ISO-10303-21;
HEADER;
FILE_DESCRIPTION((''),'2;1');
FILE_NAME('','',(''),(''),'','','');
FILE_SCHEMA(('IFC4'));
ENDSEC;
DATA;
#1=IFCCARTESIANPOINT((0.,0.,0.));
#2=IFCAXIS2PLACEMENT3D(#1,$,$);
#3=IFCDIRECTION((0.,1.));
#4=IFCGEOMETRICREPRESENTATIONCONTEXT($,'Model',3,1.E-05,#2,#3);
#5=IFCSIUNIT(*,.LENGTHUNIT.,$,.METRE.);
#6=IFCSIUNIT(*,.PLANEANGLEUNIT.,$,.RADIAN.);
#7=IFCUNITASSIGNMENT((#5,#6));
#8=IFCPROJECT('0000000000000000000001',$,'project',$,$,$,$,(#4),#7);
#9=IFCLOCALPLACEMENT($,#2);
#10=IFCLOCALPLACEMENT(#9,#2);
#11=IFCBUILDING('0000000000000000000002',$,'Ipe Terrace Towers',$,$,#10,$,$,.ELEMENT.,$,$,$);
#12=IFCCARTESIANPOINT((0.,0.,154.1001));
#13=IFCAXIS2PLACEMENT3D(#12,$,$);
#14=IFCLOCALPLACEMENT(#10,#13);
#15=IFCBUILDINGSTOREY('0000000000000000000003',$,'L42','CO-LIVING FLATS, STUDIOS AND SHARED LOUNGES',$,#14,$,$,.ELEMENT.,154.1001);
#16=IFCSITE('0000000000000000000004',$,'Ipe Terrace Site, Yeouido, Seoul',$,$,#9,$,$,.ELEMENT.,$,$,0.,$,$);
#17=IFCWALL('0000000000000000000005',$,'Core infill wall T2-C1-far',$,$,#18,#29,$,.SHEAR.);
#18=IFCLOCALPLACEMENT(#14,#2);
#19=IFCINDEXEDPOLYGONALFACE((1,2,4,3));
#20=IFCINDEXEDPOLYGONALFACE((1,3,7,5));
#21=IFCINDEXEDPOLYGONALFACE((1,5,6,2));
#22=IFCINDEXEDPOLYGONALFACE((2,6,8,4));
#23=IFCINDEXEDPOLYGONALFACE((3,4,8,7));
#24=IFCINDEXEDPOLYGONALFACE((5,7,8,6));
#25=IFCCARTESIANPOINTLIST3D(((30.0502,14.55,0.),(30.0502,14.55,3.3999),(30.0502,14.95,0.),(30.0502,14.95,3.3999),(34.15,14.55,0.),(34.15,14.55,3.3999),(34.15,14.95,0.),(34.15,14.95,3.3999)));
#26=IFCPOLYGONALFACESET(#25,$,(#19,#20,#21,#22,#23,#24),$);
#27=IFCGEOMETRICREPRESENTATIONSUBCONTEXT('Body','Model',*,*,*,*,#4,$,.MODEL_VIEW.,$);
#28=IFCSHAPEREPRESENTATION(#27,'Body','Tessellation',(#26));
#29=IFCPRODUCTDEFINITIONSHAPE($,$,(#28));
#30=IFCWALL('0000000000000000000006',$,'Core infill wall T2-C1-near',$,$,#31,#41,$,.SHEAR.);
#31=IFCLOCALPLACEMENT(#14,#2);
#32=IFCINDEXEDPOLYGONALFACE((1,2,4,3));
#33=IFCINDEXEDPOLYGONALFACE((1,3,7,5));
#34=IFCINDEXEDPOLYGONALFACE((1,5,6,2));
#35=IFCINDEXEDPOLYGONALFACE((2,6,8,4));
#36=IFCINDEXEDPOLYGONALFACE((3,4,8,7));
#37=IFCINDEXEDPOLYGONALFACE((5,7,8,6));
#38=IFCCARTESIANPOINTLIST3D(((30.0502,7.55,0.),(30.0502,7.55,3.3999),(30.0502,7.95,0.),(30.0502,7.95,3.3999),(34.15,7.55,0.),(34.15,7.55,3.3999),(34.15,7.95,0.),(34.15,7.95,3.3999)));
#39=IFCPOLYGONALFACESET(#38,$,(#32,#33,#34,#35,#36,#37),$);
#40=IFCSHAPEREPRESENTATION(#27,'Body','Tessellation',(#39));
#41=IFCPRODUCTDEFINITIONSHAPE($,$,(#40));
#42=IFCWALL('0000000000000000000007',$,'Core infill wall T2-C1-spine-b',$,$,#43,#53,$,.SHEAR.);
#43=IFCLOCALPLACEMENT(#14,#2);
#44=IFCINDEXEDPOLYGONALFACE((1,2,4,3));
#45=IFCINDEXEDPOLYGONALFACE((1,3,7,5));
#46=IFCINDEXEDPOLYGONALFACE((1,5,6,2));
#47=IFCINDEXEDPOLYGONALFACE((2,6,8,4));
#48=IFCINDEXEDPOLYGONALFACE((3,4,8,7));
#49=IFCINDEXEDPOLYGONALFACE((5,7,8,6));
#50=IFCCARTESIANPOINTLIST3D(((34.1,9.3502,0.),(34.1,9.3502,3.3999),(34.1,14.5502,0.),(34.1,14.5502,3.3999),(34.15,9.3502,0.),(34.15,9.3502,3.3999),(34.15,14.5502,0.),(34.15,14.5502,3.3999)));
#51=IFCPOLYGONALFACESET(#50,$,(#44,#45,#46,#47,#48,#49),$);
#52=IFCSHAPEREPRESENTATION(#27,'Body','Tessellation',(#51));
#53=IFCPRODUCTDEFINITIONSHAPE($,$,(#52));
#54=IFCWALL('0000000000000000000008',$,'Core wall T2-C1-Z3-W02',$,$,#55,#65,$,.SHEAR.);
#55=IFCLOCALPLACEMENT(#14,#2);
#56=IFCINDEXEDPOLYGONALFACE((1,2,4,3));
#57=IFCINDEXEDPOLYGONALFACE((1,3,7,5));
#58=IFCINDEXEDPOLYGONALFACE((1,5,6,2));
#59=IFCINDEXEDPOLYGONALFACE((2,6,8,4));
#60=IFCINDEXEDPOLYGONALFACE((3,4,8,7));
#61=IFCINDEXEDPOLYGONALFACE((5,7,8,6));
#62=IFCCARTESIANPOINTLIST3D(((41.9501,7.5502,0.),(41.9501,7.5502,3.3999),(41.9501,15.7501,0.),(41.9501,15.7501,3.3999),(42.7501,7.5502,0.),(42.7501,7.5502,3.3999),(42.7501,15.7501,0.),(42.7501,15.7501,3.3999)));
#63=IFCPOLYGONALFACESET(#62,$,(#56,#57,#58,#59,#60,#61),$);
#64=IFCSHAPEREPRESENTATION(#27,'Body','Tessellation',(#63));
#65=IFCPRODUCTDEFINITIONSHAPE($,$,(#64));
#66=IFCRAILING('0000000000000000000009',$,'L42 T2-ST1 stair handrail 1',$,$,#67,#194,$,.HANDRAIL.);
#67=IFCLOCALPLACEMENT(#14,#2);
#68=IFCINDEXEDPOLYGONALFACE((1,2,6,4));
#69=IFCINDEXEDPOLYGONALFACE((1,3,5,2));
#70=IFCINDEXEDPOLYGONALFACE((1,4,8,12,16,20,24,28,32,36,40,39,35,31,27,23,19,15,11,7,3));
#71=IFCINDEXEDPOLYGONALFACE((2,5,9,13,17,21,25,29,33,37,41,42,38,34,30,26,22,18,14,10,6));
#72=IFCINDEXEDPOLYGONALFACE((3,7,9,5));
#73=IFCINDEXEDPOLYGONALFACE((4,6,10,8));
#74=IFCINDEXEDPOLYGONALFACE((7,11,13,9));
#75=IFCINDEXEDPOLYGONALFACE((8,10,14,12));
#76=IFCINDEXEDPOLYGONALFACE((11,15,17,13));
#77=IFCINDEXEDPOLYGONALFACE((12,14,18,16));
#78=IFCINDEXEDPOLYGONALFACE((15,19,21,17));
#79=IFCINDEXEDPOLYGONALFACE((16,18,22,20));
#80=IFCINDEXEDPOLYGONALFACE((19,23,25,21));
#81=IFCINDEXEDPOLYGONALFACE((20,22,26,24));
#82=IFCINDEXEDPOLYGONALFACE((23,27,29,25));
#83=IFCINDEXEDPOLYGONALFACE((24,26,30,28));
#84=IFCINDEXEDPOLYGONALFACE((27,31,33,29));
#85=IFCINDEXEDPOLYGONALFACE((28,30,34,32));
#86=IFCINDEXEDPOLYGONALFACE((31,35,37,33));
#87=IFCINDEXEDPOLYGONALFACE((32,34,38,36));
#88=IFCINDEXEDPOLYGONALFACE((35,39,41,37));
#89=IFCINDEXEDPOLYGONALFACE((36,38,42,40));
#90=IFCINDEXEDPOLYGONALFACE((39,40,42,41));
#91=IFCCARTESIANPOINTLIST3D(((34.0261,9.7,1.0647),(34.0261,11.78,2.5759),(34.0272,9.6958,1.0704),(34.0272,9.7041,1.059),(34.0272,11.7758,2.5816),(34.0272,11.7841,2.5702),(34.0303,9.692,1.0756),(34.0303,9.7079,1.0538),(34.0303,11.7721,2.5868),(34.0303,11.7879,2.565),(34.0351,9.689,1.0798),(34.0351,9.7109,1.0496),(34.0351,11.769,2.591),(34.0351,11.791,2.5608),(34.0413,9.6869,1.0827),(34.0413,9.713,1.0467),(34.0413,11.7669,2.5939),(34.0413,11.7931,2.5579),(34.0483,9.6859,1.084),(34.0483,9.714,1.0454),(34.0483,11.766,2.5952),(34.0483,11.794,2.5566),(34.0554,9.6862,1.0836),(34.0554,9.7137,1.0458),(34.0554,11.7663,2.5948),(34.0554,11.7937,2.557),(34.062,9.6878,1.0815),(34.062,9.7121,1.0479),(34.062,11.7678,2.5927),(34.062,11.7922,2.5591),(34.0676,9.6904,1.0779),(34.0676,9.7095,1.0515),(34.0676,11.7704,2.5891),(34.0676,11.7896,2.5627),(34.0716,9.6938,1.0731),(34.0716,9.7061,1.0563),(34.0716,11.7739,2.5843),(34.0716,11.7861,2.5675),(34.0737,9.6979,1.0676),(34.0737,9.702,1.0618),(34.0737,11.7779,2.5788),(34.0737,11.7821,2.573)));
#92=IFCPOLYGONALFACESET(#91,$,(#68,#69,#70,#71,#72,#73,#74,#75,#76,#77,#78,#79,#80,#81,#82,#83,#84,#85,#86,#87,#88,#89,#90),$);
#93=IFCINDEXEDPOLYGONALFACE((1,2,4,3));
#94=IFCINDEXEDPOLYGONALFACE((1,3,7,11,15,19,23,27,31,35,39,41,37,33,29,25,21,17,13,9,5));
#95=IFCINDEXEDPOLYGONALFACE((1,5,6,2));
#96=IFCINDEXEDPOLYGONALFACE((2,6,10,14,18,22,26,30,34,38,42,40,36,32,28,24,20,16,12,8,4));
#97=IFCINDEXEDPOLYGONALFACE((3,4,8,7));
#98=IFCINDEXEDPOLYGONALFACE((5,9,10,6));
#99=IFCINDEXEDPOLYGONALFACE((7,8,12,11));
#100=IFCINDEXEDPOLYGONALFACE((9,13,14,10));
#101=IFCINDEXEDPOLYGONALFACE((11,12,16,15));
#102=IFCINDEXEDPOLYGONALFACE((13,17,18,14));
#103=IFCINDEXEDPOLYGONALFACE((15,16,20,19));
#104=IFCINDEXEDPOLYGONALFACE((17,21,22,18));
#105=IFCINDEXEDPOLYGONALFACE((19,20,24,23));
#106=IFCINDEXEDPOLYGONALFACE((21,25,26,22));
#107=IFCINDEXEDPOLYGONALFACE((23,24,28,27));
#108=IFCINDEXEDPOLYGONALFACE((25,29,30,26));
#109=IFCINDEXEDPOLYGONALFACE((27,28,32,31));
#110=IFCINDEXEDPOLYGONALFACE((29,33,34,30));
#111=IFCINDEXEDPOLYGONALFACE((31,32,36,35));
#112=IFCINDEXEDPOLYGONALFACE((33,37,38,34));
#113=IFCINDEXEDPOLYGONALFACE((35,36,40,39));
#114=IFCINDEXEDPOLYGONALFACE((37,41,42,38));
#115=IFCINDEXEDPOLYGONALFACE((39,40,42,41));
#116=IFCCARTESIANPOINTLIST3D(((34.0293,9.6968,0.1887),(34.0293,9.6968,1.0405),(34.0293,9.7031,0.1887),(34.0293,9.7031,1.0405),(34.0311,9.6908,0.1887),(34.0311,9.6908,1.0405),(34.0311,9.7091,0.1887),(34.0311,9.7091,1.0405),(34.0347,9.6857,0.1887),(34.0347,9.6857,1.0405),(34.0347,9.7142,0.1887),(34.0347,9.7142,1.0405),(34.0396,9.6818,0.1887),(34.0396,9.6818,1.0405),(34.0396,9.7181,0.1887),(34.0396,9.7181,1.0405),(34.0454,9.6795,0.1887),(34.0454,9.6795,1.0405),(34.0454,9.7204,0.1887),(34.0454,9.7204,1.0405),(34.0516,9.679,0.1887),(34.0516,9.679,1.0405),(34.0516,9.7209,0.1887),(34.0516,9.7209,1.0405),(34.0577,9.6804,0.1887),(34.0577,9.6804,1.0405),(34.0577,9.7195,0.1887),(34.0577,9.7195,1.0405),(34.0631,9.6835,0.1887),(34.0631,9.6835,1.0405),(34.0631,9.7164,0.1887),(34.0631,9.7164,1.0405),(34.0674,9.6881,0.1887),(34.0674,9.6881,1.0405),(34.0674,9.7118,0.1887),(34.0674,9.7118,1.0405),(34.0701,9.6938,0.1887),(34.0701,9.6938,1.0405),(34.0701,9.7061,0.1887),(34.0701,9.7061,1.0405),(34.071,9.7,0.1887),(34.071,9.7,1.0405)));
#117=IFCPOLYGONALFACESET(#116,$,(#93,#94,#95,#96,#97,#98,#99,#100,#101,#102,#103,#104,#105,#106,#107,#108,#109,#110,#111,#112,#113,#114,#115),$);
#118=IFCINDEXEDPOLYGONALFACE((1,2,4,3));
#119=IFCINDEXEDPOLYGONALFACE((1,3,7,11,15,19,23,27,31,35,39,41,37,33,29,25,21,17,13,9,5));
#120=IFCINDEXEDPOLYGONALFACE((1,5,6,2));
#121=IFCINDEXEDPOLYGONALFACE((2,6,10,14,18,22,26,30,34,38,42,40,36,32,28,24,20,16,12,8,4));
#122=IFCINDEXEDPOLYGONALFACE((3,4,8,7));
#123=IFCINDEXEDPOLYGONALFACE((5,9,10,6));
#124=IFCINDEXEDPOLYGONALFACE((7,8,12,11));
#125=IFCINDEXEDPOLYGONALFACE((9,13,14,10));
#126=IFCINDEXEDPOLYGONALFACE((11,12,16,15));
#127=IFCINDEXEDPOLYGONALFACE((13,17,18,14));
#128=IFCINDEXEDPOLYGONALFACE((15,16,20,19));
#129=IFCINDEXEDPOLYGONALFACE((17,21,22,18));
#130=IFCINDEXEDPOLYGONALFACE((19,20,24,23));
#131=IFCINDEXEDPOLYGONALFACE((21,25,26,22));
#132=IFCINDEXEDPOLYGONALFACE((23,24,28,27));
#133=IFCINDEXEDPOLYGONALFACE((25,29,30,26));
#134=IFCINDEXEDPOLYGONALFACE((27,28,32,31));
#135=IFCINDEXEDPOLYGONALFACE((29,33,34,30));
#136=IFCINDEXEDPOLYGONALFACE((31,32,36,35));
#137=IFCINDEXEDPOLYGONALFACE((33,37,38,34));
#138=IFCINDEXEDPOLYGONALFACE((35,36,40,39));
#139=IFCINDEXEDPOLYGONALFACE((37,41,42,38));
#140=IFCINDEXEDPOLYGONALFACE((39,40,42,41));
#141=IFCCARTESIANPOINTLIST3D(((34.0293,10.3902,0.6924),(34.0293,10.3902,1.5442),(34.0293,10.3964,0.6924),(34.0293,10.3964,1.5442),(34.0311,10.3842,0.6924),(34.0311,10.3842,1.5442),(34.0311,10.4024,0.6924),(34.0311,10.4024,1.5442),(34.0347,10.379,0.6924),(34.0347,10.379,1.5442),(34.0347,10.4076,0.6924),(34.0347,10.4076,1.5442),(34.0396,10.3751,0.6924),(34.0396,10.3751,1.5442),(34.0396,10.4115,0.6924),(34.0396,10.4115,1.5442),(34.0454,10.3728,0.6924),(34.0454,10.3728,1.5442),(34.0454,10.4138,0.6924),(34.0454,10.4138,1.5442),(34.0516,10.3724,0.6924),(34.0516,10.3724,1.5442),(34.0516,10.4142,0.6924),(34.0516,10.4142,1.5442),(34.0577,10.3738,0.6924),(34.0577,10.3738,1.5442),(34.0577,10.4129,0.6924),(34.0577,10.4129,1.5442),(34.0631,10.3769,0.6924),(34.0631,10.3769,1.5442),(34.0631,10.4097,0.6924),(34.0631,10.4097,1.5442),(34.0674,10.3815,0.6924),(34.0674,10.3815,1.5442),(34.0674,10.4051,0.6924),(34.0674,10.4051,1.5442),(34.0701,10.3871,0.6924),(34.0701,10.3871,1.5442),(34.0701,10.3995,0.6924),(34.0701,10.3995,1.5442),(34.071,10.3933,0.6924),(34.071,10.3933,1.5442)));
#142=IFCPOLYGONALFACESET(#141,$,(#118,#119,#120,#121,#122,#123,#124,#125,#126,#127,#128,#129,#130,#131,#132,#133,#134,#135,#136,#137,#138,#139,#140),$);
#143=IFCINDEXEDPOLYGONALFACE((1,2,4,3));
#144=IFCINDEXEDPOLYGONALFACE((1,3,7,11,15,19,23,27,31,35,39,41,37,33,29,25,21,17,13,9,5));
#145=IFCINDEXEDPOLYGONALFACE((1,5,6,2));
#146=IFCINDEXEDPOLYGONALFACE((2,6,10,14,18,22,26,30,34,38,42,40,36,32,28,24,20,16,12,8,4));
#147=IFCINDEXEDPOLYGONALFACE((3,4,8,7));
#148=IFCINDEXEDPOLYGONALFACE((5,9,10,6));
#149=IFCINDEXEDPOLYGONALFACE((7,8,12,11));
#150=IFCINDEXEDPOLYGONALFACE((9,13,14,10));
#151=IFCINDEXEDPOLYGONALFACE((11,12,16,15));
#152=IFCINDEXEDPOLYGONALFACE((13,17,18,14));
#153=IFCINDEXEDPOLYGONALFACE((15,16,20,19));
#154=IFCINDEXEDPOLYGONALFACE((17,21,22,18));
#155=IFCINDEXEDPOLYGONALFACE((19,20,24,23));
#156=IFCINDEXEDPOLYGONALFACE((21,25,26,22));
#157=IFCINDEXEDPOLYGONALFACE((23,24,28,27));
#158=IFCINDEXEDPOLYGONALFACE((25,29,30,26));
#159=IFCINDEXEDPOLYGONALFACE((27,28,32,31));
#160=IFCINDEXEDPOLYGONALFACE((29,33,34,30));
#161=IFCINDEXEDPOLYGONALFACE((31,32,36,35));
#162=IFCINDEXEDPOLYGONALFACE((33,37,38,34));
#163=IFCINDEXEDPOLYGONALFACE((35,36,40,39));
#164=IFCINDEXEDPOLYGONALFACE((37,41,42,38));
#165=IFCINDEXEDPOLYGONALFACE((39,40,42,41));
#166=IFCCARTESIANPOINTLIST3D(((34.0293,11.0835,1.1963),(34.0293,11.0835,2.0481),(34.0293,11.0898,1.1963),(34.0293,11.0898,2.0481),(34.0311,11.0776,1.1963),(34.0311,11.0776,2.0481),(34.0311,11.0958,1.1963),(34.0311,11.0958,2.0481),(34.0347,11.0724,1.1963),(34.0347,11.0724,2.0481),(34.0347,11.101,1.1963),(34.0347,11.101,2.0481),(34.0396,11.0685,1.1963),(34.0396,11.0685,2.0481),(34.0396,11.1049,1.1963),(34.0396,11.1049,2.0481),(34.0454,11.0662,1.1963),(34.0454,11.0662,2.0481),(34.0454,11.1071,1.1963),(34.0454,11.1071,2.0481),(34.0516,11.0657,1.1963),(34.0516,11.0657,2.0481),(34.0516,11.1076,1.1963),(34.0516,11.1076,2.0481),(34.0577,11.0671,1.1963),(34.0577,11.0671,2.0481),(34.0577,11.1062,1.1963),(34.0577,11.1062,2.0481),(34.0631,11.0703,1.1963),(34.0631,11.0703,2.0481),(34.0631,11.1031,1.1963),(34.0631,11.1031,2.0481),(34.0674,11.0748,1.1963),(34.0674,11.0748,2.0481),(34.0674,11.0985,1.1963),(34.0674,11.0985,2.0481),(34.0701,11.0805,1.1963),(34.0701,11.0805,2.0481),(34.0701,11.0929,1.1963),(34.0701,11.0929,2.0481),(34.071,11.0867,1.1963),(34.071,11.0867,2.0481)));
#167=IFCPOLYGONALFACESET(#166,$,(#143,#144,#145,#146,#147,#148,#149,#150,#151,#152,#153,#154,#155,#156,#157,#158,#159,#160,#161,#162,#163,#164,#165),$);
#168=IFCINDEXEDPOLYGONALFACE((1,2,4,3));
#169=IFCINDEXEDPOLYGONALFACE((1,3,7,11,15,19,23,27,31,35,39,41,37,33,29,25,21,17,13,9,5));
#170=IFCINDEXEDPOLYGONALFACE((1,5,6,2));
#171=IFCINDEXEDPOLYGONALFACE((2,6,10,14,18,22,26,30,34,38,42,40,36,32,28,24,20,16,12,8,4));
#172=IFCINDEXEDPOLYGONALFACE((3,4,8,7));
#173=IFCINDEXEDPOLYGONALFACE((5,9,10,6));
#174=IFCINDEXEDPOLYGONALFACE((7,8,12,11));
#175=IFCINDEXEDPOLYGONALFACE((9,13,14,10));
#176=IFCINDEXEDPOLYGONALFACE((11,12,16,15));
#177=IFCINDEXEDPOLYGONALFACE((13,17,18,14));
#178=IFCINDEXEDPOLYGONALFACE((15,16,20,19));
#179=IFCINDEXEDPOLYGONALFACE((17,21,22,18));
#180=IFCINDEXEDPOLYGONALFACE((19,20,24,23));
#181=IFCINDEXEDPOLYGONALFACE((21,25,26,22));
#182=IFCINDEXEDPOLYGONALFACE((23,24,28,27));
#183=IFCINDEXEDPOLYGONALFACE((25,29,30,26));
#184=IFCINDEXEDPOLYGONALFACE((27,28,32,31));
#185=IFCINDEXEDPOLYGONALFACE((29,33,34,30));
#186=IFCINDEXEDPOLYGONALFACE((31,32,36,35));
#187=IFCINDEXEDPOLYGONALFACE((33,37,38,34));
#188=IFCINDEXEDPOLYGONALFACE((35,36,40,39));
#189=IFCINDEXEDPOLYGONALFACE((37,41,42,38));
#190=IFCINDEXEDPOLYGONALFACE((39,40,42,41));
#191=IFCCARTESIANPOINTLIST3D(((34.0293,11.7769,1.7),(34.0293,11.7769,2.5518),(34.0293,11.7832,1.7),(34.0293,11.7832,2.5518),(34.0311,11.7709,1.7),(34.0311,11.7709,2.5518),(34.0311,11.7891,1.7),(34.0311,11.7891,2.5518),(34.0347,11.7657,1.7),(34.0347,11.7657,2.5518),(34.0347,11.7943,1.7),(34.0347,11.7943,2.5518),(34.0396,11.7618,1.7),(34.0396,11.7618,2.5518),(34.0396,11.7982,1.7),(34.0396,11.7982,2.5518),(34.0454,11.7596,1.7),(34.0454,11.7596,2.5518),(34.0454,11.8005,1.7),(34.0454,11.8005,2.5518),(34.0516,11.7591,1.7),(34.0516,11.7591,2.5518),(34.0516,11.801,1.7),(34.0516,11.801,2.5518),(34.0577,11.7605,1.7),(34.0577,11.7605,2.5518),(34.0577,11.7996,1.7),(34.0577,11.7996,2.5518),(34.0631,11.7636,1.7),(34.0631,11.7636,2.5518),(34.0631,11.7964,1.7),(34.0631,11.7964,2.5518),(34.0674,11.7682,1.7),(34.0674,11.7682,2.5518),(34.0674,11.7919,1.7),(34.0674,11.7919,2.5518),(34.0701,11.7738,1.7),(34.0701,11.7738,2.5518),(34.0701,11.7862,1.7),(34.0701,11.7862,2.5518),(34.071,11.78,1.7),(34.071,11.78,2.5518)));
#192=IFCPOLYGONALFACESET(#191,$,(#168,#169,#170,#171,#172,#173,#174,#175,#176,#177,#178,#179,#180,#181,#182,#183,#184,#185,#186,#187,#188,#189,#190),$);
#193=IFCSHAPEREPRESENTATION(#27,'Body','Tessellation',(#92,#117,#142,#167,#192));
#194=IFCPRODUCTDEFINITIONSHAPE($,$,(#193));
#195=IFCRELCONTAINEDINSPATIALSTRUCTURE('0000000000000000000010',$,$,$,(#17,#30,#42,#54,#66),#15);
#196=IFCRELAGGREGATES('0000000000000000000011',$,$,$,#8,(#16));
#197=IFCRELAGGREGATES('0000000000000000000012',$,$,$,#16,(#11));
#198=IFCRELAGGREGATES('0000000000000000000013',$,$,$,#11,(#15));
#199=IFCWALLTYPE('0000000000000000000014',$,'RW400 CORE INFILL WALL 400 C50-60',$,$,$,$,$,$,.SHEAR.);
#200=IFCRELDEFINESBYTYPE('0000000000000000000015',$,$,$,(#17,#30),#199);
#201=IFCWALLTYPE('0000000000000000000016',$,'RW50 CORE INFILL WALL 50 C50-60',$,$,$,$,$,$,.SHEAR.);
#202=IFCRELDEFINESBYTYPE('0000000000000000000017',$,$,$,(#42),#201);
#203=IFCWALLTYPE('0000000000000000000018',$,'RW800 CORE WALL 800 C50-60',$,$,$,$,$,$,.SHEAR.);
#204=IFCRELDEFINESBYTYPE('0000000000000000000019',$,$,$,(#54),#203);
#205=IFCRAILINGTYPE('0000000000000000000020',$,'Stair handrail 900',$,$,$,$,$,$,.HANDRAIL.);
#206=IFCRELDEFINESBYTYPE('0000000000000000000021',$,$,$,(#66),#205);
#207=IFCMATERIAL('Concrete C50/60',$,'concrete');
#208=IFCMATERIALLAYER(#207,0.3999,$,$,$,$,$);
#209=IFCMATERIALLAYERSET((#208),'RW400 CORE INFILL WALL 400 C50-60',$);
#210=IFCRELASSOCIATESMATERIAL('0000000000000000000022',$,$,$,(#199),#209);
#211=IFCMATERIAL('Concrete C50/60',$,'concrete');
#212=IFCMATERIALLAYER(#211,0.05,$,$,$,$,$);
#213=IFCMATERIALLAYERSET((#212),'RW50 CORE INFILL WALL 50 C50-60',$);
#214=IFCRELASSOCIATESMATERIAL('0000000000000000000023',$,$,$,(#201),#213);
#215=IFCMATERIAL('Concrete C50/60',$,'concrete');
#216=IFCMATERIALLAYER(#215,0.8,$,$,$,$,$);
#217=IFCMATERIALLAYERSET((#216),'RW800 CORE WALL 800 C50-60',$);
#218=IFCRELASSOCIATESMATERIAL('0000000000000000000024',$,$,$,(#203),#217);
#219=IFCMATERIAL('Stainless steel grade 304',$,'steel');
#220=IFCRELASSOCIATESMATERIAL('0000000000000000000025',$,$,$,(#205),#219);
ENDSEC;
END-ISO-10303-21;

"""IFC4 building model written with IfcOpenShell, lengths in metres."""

from ifc_helpers import new_model, si_unit, direction, frame, frame_2d, origin, origin_2d, place, context, subcontext, project, spatial, rectangle, circle, extrude, material, layer, layer_set, type_object, element, save


model = new_model("IFC4")

# Units and contexts
model_context = context("Model", 3, precision=1e-05, world=origin(), true_north=direction((0.0, 1.0)))
body_context = subcontext(model_context, "Body", "Model", "MODEL_VIEW")
ifc_project = project(units=[si_unit("LENGTHUNIT", "METRE"), si_unit("PLANEANGLEUNIT", "RADIAN")], contexts=[model_context])

# Site, building, storey
site_placement = place(None, origin())
site = spatial("IfcSite", under=ifc_project, at=site_placement, Name="Ipe Terrace Site, Yeouido, Seoul", CompositionType="ELEMENT", RefElevation=0.0)
building_placement = place(site_placement, origin())
building = spatial("IfcBuilding", under=site, at=building_placement, Name="Ipe Terrace Towers", CompositionType="ELEMENT")
storey_placement = place(building_placement, frame((0.0, 0.0, 154.1001)))
storey = spatial("IfcBuildingStorey", under=building, at=storey_placement, Name="L42", Description="CO-LIVING FLATS, STUDIOS AND SHARED LOUNGES", CompositionType="ELEMENT", Elevation=154.1001)

# Walls
ifc_material_1 = material(Name="Concrete C50/60", Category="concrete")
ifc_layer_1 = layer(ifc_material_1, 0.3999)
ifc_layer_set_1 = layer_set([ifc_layer_1], Name="RW400 CORE INFILL WALL 400 C50-60")
wall_type_1 = type_object("IfcWallType", Name="RW400 CORE INFILL WALL 400 C50-60", PredefinedType="SHEAR", material=ifc_layer_set_1)
for number, where, z_axis, x_axis, name in (
    (1, (34.1499, 14.75, 0.0), (0.0, 0.0, 1.0), (-1.0, 0.0, 0.0), "Core infill wall T2-C1-far"),
    (2, (34.1499, 7.75, 0.0), (0.0, 0.0, 1.0), (-1.0, 0.0, 0.0), "Core infill wall T2-C1-near"),
):
    element("IfcWall", number, at=place(storey_placement, frame(where, z_axis=z_axis, x_axis=x_axis)), inside=storey, type_object=wall_type_1, Name=name, PredefinedType="SHEAR", context=body_context, shape_type="SweptSolid", body=[
        extrude(rectangle(XDim=4.0999, YDim=0.3999, at=frame_2d((2.0498, 0.0))), origin(), (0.0, 0.0, 1.0), 3.3999),
    ])
ifc_material_2 = material(Name="Concrete C50/60", Category="concrete")
ifc_layer_2 = layer(ifc_material_2, 0.05)
ifc_layer_set_2 = layer_set([ifc_layer_2], Name="RW50 CORE INFILL WALL 50 C50-60")
wall_type_2 = type_object("IfcWallType", Name="RW50 CORE INFILL WALL 50 C50-60", PredefinedType="SHEAR", material=ifc_layer_set_2)
wall_1_placement = place(storey_placement, frame((34.125, 9.3501, 0.0), z_axis=(0.0, 0.0, 1.0), x_axis=(0.0, 1.0, 0.0)))
element("IfcWall", 3, at=wall_1_placement, inside=storey, type_object=wall_type_2, Name="Core infill wall T2-C1-spine-b", PredefinedType="SHEAR", context=body_context, shape_type="SweptSolid", body=[
    extrude(rectangle(XDim=5.2, YDim=0.05, at=frame_2d((2.6001, 0.0))), origin(), (0.0, 0.0, 1.0), 3.3999),
])
ifc_material_3 = material(Name="Concrete C50/60", Category="concrete")
ifc_layer_3 = layer(ifc_material_3, 0.8)
ifc_layer_set_3 = layer_set([ifc_layer_3], Name="RW800 CORE WALL 800 C50-60")
wall_type_3 = type_object("IfcWallType", Name="RW800 CORE WALL 800 C50-60", PredefinedType="SHEAR", material=ifc_layer_set_3)
wall_2_placement = place(storey_placement, frame((42.3501, 7.55, 0.0), z_axis=(0.0, 0.0, 1.0), x_axis=(0.0, 1.0, 0.0)))
element("IfcWall", 4, at=wall_2_placement, inside=storey, type_object=wall_type_3, Name="Core wall T2-C1-Z3-W02", PredefinedType="SHEAR", context=body_context, shape_type="SweptSolid", body=[
    extrude(rectangle(XDim=8.2, YDim=0.8, at=frame_2d((4.1001, 0.0))), origin(), (0.0, 0.0, 1.0), 3.3999),
])

# Railing
ifc_material_4 = material(Name="Stainless steel grade 304", Category="steel")
railing_type = type_object("IfcRailingType", Name="Stair handrail 900", PredefinedType="HANDRAIL", material=ifc_material_4)
railing_placement = place(storey_placement, frame((34.05, 9.7, 0.1887)))
element("IfcRailing", 5, at=railing_placement, inside=storey, type_object=railing_type, Name="L42 T2-ST1 stair handrail 1", PredefinedType="HANDRAIL", context=body_context, shape_type="SweptSolid", body=[
    extrude(circle(Radius=0.0239, at=origin_2d()), frame((0.0, 0.0, 0.876), z_axis=(0.0, 0.809023, 0.587776), x_axis=(-1.0, 0.0, 0.0)), (0.0, 0.0, 1.0), 2.571),
    extrude(circle(Radius=0.021, at=origin_2d()), origin(), (0.0, 0.0, 1.0), 0.8518),
    extrude(circle(Radius=0.021, at=origin_2d()), frame((0.0, 0.6934, 0.5037)), (0.0, 0.0, 1.0), 0.8518),
    extrude(circle(Radius=0.021, at=origin_2d()), frame((0.0, 1.3867, 1.0076)), (0.0, 0.0, 1.0), 0.8518),
    extrude(circle(Radius=0.021, at=origin_2d()), frame((0.0, 2.0801, 1.5112)), (0.0, 0.0, 1.0), 0.8518),
])

save(model, "model.ifc")
